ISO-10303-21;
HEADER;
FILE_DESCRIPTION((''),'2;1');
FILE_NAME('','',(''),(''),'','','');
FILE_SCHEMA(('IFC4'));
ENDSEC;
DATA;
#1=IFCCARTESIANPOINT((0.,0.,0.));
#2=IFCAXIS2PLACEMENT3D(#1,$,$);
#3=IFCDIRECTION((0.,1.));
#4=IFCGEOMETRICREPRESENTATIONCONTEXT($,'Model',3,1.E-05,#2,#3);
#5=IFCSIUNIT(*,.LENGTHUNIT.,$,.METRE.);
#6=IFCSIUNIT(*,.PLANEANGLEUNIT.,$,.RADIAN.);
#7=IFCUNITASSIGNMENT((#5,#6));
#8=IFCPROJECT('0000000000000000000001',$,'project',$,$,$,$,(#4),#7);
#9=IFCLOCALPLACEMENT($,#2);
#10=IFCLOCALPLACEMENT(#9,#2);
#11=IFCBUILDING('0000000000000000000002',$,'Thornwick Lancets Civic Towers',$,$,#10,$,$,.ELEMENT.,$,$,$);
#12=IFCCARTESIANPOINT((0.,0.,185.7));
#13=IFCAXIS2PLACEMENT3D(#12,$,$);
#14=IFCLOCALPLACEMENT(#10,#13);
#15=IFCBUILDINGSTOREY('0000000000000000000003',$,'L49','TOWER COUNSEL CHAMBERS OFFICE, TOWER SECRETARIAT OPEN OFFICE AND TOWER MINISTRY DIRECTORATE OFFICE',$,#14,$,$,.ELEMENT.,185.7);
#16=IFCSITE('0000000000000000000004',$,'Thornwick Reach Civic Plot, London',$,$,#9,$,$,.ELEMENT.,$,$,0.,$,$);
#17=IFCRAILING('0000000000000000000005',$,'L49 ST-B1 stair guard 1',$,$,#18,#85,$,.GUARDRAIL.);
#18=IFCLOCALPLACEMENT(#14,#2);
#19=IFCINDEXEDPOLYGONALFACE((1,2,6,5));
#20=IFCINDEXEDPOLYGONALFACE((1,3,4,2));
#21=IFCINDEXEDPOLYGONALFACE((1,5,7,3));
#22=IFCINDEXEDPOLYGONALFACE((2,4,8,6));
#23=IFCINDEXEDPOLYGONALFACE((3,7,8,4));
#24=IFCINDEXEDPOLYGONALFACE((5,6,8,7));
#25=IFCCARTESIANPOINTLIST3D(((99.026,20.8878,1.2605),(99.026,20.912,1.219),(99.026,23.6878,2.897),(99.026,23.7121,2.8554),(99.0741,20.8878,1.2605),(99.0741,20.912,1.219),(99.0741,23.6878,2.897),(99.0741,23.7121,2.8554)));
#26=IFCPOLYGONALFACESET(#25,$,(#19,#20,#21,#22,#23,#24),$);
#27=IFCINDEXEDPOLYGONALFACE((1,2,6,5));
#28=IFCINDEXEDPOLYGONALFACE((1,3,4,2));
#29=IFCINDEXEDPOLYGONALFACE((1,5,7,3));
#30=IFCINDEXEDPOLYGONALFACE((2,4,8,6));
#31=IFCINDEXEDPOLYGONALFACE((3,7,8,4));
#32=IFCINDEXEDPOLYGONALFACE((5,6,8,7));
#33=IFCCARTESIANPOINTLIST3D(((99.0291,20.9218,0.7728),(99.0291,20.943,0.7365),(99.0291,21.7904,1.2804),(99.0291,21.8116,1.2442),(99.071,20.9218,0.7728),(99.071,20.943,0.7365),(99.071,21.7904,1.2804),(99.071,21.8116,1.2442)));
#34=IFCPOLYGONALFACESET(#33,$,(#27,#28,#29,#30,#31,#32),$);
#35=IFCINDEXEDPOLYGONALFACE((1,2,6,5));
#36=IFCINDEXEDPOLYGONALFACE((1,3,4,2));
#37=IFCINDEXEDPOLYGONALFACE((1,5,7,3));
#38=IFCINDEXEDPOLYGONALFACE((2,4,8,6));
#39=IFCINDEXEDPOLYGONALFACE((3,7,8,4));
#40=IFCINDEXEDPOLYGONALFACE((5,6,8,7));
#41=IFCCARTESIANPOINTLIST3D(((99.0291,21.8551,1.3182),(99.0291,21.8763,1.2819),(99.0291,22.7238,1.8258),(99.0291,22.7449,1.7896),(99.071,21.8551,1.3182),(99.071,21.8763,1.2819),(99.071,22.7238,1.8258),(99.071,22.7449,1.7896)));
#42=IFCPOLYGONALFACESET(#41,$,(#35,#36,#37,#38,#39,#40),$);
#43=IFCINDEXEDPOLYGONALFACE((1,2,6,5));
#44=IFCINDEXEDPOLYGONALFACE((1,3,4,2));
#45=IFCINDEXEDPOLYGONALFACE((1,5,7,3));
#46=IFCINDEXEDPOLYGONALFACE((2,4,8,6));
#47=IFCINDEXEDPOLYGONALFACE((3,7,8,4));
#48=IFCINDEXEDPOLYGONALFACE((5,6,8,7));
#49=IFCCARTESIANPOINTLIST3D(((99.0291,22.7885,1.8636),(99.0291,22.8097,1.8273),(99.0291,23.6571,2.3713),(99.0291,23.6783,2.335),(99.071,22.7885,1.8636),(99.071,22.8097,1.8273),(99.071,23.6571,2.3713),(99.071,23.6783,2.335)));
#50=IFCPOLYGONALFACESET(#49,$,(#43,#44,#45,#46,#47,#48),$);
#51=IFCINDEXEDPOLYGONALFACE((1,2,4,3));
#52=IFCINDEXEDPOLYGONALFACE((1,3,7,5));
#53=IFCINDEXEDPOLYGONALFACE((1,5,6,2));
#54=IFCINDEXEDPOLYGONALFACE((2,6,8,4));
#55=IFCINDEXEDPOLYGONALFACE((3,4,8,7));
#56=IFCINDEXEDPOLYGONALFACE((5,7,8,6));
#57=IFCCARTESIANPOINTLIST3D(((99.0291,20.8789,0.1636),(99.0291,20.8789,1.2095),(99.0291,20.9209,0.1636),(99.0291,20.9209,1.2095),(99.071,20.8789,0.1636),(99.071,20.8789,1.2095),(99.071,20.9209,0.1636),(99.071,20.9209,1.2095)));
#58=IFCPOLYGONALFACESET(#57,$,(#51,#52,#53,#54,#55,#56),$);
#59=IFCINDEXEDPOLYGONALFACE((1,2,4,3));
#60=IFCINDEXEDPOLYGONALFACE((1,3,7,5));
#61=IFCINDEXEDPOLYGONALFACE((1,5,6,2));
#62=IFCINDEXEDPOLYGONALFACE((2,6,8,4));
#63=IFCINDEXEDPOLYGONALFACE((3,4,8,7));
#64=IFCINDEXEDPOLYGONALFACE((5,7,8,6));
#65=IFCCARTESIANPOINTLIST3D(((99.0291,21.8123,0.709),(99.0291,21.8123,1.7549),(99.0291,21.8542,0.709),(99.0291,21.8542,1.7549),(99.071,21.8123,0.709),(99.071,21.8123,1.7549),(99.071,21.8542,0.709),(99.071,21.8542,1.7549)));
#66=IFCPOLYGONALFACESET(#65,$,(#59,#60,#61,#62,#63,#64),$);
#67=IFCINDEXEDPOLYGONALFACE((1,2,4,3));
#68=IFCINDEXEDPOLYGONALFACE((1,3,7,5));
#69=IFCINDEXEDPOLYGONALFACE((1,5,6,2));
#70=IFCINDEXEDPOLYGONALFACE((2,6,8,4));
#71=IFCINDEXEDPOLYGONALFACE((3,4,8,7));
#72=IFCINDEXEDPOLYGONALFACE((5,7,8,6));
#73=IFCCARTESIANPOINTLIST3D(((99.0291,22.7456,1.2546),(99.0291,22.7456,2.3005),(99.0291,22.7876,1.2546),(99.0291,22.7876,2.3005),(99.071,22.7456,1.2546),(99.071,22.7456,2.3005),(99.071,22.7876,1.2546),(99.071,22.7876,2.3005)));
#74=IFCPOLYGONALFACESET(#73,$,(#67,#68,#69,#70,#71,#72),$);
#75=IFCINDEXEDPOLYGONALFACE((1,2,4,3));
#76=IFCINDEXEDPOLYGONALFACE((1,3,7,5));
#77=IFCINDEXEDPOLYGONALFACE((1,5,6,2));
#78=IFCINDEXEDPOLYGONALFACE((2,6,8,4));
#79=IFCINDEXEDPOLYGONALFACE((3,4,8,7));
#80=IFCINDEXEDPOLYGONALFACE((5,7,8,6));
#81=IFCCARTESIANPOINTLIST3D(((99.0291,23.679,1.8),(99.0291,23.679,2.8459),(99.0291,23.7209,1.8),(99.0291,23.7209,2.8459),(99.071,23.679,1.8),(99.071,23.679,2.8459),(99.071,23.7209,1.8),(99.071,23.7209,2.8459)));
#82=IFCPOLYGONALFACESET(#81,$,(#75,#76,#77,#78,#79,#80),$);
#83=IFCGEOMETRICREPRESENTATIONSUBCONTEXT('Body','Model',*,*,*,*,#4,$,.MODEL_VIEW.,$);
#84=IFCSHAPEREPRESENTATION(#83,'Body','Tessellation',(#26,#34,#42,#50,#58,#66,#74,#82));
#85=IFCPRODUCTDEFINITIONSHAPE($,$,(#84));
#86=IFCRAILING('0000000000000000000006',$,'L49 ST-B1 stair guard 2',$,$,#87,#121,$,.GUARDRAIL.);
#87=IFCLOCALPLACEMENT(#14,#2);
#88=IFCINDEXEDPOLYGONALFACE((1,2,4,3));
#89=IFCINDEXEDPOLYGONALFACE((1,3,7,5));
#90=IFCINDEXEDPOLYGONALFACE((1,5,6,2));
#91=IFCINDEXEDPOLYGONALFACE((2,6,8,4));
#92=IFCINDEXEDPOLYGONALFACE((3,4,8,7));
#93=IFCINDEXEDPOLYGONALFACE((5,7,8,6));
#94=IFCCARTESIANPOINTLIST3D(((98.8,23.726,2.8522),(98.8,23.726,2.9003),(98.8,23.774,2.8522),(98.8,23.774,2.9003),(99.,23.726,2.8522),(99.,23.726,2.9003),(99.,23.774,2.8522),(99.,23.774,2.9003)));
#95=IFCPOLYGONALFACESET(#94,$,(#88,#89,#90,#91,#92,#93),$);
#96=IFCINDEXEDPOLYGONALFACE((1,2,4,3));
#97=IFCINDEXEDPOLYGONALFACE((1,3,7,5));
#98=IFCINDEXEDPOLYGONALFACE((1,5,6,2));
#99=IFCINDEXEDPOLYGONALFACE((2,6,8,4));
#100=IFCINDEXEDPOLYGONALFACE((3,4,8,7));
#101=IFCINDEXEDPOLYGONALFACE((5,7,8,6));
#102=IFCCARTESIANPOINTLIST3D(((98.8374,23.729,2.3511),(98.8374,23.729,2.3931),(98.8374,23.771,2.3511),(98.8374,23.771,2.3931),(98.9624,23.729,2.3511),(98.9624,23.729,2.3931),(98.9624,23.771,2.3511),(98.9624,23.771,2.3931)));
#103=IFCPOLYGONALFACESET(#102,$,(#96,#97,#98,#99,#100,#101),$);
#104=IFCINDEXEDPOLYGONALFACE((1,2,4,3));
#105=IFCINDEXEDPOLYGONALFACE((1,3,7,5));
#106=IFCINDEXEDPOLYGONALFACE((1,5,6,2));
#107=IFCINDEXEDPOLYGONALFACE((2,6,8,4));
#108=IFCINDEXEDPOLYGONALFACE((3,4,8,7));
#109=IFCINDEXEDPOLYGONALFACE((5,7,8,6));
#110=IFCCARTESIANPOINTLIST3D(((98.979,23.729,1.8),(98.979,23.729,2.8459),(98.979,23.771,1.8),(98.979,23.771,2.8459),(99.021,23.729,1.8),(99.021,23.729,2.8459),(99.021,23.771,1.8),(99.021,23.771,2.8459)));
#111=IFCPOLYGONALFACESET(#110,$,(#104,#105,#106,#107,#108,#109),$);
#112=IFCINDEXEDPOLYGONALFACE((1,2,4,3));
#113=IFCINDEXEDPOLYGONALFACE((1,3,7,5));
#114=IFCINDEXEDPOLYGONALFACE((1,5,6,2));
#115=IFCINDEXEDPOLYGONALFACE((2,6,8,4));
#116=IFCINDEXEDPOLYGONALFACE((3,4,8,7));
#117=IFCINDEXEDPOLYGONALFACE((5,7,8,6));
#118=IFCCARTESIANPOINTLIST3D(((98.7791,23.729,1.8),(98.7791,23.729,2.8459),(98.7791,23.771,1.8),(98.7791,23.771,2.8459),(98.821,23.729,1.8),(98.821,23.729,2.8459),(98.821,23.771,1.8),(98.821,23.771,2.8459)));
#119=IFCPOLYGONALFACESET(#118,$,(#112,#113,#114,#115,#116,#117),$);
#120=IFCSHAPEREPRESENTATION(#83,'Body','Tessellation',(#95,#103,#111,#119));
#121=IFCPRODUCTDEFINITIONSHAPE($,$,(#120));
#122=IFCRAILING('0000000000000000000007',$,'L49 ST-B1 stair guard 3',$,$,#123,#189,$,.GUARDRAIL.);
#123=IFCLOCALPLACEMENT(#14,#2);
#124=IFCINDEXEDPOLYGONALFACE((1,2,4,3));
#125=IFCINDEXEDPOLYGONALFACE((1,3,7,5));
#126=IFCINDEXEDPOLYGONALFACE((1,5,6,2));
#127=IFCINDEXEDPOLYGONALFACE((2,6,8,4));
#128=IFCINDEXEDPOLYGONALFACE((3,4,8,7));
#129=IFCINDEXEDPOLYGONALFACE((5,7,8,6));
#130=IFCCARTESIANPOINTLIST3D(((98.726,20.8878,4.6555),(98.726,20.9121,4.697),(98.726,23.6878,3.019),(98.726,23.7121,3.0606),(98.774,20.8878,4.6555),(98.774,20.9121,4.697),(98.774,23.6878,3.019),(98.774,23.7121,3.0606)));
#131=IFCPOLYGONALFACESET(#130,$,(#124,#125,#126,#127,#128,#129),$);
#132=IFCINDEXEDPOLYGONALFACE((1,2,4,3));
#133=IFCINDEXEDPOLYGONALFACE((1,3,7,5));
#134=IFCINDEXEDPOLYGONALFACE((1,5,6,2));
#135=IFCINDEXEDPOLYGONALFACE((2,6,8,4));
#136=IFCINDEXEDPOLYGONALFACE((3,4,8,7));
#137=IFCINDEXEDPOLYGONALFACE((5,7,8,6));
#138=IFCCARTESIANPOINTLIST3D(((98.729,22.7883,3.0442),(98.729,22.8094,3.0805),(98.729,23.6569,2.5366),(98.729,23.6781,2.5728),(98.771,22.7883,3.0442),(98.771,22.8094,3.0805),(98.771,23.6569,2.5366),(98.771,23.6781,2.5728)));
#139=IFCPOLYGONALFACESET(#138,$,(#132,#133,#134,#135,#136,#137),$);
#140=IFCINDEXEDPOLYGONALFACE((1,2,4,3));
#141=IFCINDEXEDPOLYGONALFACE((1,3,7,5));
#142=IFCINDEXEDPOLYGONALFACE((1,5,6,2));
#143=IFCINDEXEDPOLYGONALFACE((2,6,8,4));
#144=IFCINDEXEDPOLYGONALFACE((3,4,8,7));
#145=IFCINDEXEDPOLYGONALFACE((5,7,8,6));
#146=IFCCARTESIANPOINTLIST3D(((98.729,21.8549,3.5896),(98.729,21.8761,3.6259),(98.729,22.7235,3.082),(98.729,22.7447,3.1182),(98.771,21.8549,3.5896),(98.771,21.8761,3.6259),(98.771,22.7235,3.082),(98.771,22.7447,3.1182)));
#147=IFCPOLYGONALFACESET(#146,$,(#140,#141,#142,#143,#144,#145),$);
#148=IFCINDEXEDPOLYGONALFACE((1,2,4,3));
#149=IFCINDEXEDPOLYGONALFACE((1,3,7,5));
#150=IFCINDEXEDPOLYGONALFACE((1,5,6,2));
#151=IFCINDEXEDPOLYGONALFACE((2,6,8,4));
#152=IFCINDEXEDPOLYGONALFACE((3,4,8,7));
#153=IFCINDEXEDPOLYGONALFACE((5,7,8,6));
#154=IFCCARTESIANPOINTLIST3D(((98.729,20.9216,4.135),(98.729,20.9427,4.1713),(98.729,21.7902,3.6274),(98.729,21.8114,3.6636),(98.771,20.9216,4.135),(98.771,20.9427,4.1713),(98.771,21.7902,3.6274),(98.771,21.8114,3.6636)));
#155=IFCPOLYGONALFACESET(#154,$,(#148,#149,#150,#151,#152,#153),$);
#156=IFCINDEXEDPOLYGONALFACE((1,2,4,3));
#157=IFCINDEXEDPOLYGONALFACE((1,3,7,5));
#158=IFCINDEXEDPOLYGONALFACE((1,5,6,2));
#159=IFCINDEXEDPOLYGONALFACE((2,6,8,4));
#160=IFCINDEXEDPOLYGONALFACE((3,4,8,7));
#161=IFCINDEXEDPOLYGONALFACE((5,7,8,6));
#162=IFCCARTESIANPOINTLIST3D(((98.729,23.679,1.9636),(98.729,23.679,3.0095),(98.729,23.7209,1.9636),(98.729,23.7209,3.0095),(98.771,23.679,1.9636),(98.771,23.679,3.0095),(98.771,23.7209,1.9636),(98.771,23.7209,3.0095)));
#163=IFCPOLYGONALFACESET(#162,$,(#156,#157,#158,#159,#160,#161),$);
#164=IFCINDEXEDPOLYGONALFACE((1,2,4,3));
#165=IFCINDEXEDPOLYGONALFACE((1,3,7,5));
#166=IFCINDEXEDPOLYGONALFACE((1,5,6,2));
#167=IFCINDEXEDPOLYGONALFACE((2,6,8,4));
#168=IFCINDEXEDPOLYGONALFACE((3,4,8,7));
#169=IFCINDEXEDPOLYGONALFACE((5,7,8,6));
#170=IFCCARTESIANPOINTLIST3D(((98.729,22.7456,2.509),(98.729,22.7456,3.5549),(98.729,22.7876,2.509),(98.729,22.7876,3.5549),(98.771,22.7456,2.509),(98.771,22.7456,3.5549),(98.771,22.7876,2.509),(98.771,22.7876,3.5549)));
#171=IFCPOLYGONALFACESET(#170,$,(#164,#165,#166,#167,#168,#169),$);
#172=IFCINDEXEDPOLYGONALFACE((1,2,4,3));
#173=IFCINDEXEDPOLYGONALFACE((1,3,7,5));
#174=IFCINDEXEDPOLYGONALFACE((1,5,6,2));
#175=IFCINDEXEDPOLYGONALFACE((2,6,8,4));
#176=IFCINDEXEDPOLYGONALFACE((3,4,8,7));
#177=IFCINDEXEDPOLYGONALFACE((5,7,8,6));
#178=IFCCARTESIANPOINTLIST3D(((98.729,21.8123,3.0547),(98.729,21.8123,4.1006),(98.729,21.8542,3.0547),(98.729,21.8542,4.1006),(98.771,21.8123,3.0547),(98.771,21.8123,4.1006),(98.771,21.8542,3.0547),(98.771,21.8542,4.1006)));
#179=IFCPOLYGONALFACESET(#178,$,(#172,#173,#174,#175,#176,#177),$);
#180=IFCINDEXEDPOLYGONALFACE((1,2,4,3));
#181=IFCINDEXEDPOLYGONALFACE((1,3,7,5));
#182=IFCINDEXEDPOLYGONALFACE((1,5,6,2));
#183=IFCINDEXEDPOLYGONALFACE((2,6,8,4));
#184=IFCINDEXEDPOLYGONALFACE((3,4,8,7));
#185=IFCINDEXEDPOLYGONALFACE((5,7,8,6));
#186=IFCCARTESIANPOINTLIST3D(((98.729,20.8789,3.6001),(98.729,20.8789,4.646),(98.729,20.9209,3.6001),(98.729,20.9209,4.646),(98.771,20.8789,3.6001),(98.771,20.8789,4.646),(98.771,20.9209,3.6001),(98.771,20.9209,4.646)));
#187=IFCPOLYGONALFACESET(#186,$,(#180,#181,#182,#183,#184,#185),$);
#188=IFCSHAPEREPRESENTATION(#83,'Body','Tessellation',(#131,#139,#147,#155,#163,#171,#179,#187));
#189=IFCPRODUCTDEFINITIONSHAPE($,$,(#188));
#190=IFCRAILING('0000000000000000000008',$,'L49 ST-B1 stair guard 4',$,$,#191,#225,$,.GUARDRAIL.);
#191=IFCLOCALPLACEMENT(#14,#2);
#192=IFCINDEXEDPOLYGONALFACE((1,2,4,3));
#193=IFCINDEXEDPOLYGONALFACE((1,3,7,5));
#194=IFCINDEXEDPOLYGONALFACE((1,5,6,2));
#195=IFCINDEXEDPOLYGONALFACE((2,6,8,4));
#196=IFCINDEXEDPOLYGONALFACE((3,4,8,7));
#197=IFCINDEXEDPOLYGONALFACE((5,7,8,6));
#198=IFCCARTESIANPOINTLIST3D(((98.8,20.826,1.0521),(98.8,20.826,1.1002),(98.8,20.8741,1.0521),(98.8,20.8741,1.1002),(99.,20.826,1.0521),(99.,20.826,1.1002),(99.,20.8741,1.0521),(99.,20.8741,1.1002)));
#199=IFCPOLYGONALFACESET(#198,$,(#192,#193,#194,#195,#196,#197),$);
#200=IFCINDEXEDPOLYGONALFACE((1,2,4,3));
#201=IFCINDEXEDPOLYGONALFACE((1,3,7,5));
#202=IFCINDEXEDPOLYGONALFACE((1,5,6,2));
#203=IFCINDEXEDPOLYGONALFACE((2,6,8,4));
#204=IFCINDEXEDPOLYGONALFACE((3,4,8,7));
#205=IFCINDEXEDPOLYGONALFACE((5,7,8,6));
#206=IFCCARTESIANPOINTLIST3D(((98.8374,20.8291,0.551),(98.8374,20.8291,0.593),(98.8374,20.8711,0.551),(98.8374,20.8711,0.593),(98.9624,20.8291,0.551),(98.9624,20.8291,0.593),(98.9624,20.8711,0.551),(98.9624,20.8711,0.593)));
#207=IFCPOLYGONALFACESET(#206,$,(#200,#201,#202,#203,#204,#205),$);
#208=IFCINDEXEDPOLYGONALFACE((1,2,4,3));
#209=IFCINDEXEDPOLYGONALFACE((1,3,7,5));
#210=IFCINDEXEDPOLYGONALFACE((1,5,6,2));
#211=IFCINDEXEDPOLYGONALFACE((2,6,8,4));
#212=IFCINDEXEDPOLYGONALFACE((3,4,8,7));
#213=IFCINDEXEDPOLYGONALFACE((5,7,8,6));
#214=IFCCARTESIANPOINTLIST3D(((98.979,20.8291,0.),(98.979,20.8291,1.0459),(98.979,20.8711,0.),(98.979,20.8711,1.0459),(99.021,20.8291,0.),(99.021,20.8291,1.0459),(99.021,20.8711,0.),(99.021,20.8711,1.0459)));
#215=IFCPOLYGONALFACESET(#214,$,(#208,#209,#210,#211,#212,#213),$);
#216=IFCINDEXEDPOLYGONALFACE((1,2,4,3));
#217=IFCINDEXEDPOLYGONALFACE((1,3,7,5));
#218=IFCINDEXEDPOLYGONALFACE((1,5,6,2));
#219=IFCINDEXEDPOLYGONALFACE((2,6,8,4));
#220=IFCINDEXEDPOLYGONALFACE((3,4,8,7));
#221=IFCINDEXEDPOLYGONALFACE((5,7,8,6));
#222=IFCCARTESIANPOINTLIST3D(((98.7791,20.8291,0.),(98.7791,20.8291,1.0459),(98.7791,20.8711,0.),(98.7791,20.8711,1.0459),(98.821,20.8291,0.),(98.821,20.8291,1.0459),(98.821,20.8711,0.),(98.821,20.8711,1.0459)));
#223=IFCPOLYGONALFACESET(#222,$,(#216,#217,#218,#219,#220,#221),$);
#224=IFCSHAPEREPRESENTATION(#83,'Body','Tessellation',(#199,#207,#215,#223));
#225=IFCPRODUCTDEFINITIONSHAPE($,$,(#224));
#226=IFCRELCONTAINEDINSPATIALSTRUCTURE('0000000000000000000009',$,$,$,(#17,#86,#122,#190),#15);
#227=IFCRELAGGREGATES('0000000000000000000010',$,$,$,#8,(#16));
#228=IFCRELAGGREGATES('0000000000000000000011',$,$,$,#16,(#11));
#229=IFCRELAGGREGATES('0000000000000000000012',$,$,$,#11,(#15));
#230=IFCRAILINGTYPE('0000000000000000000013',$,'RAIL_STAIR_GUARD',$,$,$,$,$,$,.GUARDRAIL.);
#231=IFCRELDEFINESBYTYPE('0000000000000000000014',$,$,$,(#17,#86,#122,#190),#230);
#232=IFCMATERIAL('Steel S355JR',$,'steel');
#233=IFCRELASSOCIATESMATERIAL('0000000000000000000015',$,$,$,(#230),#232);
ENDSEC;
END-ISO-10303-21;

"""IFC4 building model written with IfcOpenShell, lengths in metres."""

from ifc_helpers import new_model, si_unit, direction, frame, origin, origin_2d, place, context, subcontext, project, spatial, rectangle, extrude, material, type_object, element, save


model = new_model("IFC4")

# Units and contexts
model_context = context("Model", 3, precision=1e-05, world=origin(), true_north=direction((0.0, 1.0)))
body_context = subcontext(model_context, "Body", "Model", "MODEL_VIEW")
ifc_project = project(units=[si_unit("LENGTHUNIT", "METRE"), si_unit("PLANEANGLEUNIT", "RADIAN")], contexts=[model_context])

# Site, building, storey
site_placement = place(None, origin())
site = spatial("IfcSite", under=ifc_project, at=site_placement, Name="Thornwick Reach Civic Plot, London", CompositionType="ELEMENT", RefElevation=0.0)
building_placement = place(site_placement, origin())
building = spatial("IfcBuilding", under=site, at=building_placement, Name="Thornwick Lancets Civic Towers", CompositionType="ELEMENT")
storey_placement = place(building_placement, frame((0.0, 0.0, 185.7)))
storey = spatial("IfcBuildingStorey", under=building, at=storey_placement, Name="L49", Description="TOWER COUNSEL CHAMBERS OFFICE, TOWER SECRETARIAT OPEN OFFICE AND TOWER MINISTRY DIRECTORATE OFFICE", CompositionType="ELEMENT", Elevation=185.7)

# Shared definitions
ifc_material_1 = material(Name="Steel S355JR", Category="steel")

# Railings
railing_type_1 = type_object("IfcRailingType", Name="RAIL_STAIR_GUARD", PredefinedType="GUARDRAIL", material=ifc_material_1)
railing_1_placement = place(storey_placement, frame((99.05, 20.8999, 0.1636)))
element("IfcRailing", 1, at=railing_1_placement, inside=storey, type_object=railing_type_1, Name="L49 ST-B1 stair guard 1", PredefinedType="GUARDRAIL", context=body_context, shape_type="SweptSolid", body=[
    extrude(rectangle(XDim=0.0481, YDim=0.0481, at=origin_2d()), frame((0.0, 0.0, 1.0762), z_axis=(0.0, 0.863361, 0.504587), x_axis=(-1.0, 0.0, 0.0)), (0.0, 0.0, 1.0), 3.2432),
    extrude(rectangle(XDim=0.042, YDim=0.042, at=origin_2d()), frame((0.0, 0.0325, 0.5911), z_axis=(0.0, 0.863361, 0.504587), x_axis=(-1.0, 0.0, 0.0)), (0.0, 0.0, 1.0), 1.0061),
    extrude(rectangle(XDim=0.042, YDim=0.042, at=origin_2d()), frame((0.0, 0.9658, 1.1365), z_axis=(0.0, 0.863361, 0.504587), x_axis=(-1.0, 0.0, 0.0)), (0.0, 0.0, 1.0), 1.0061),
    extrude(rectangle(XDim=0.042, YDim=0.042, at=origin_2d()), frame((0.0, 1.8992, 1.6819), z_axis=(0.0, 0.863361, 0.504587), x_axis=(-1.0, 0.0, 0.0)), (0.0, 0.0, 1.0), 1.0061),
    extrude(rectangle(XDim=0.042, YDim=0.042, at=origin_2d()), origin(), (0.0, 0.0, 1.0), 1.0459),
    extrude(rectangle(XDim=0.042, YDim=0.042, at=origin_2d()), frame((0.0, 0.9333, 0.5454)), (0.0, 0.0, 1.0), 1.0459),
    extrude(rectangle(XDim=0.042, YDim=0.042, at=origin_2d()), frame((0.0, 1.8667, 1.0911)), (0.0, 0.0, 1.0), 1.0459),
    extrude(rectangle(XDim=0.042, YDim=0.042, at=origin_2d()), frame((0.0, 2.8, 1.6365)), (0.0, 0.0, 1.0), 1.0459),
])
railing_2_placement = place(storey_placement, frame((99.0, 23.75, 1.8)))
element("IfcRailing", 2, at=railing_2_placement, inside=storey, type_object=railing_type_1, Name="L49 ST-B1 stair guard 2", PredefinedType="GUARDRAIL", context=body_context, shape_type="SweptSolid", body=[
    extrude(rectangle(XDim=0.0481, YDim=0.0481, at=origin_2d()), frame((0.0, 0.0, 1.0762), z_axis=(-1.0, 0.0, 0.0), x_axis=(0.0, -1.0, 0.0)), (0.0, 0.0, 1.0), 0.2),
    extrude(rectangle(XDim=0.042, YDim=0.042, at=origin_2d()), frame((-0.0376, 0.0, 0.572), z_axis=(-1.0, 0.0, 0.0), x_axis=(0.0, -1.0, 0.0)), (0.0, 0.0, 1.0), 0.125),
    extrude(rectangle(XDim=0.042, YDim=0.042, at=origin_2d()), origin(), (0.0, 0.0, 1.0), 1.0459),
    extrude(rectangle(XDim=0.042, YDim=0.042, at=origin_2d()), frame((-0.2, 0.0, 0.0)), (0.0, 0.0, 1.0), 1.0459),
])
railing_3_placement = place(storey_placement, frame((98.75, 23.7, 1.9636)))
element("IfcRailing", 3, at=railing_3_placement, inside=storey, type_object=railing_type_1, Name="L49 ST-B1 stair guard 3", PredefinedType="GUARDRAIL", context=body_context, shape_type="SweptSolid", body=[
    extrude(rectangle(XDim=0.0481, YDim=0.0481, at=origin_2d()), frame((0.0, 0.0, 1.0762), z_axis=(0.0, -0.863361, 0.504587), x_axis=(1.0, 0.0, 0.0)), (0.0, 0.0, 1.0), 3.2432),
    extrude(rectangle(XDim=0.042, YDim=0.042, at=origin_2d()), frame((0.0, -0.0325, 0.5911), z_axis=(0.0, -0.863361, 0.504587), x_axis=(1.0, 0.0, 0.0)), (0.0, 0.0, 1.0), 1.0061),
    extrude(rectangle(XDim=0.042, YDim=0.042, at=origin_2d()), frame((0.0, -0.9658, 1.1365), z_axis=(0.0, -0.863361, 0.504587), x_axis=(1.0, 0.0, 0.0)), (0.0, 0.0, 1.0), 1.0061),
    extrude(rectangle(XDim=0.042, YDim=0.042, at=origin_2d()), frame((0.0, -1.8992, 1.6819), z_axis=(0.0, -0.863361, 0.504587), x_axis=(1.0, 0.0, 0.0)), (0.0, 0.0, 1.0), 1.0061),
    extrude(rectangle(XDim=0.042, YDim=0.042, at=origin_2d()), origin(), (0.0, 0.0, 1.0), 1.0459),
    extrude(rectangle(XDim=0.042, YDim=0.042, at=origin_2d()), frame((0.0, -0.9333, 0.5454)), (0.0, 0.0, 1.0), 1.0459),
    extrude(rectangle(XDim=0.042, YDim=0.042, at=origin_2d()), frame((0.0, -1.8667, 1.0911)), (0.0, 0.0, 1.0), 1.0459),
    extrude(rectangle(XDim=0.042, YDim=0.042, at=origin_2d()), frame((0.0, -2.8, 1.6365)), (0.0, 0.0, 1.0), 1.0459),
])
railing_4_placement = place(storey_placement, frame((99.0, 20.8501, 0.0)))
element("IfcRailing", 4, at=railing_4_placement, inside=storey, type_object=railing_type_1, Name="L49 ST-B1 stair guard 4", PredefinedType="GUARDRAIL", context=body_context, shape_type="SweptSolid", body=[
    extrude(rectangle(XDim=0.0481, YDim=0.0481, at=origin_2d()), frame((0.0, 0.0, 1.0762), z_axis=(-1.0, 0.0, 0.0), x_axis=(0.0, -1.0, 0.0)), (0.0, 0.0, 1.0), 0.2),
    extrude(rectangle(XDim=0.042, YDim=0.042, at=origin_2d()), frame((-0.0376, 0.0, 0.572), z_axis=(-1.0, 0.0, 0.0), x_axis=(0.0, -1.0, 0.0)), (0.0, 0.0, 1.0), 0.125),
    extrude(rectangle(XDim=0.042, YDim=0.042, at=origin_2d()), origin(), (0.0, 0.0, 1.0), 1.0459),
    extrude(rectangle(XDim=0.042, YDim=0.042, at=origin_2d()), frame((-0.2, 0.0, 0.0)), (0.0, 0.0, 1.0), 1.0459),
])

save(model, "model.ifc")
